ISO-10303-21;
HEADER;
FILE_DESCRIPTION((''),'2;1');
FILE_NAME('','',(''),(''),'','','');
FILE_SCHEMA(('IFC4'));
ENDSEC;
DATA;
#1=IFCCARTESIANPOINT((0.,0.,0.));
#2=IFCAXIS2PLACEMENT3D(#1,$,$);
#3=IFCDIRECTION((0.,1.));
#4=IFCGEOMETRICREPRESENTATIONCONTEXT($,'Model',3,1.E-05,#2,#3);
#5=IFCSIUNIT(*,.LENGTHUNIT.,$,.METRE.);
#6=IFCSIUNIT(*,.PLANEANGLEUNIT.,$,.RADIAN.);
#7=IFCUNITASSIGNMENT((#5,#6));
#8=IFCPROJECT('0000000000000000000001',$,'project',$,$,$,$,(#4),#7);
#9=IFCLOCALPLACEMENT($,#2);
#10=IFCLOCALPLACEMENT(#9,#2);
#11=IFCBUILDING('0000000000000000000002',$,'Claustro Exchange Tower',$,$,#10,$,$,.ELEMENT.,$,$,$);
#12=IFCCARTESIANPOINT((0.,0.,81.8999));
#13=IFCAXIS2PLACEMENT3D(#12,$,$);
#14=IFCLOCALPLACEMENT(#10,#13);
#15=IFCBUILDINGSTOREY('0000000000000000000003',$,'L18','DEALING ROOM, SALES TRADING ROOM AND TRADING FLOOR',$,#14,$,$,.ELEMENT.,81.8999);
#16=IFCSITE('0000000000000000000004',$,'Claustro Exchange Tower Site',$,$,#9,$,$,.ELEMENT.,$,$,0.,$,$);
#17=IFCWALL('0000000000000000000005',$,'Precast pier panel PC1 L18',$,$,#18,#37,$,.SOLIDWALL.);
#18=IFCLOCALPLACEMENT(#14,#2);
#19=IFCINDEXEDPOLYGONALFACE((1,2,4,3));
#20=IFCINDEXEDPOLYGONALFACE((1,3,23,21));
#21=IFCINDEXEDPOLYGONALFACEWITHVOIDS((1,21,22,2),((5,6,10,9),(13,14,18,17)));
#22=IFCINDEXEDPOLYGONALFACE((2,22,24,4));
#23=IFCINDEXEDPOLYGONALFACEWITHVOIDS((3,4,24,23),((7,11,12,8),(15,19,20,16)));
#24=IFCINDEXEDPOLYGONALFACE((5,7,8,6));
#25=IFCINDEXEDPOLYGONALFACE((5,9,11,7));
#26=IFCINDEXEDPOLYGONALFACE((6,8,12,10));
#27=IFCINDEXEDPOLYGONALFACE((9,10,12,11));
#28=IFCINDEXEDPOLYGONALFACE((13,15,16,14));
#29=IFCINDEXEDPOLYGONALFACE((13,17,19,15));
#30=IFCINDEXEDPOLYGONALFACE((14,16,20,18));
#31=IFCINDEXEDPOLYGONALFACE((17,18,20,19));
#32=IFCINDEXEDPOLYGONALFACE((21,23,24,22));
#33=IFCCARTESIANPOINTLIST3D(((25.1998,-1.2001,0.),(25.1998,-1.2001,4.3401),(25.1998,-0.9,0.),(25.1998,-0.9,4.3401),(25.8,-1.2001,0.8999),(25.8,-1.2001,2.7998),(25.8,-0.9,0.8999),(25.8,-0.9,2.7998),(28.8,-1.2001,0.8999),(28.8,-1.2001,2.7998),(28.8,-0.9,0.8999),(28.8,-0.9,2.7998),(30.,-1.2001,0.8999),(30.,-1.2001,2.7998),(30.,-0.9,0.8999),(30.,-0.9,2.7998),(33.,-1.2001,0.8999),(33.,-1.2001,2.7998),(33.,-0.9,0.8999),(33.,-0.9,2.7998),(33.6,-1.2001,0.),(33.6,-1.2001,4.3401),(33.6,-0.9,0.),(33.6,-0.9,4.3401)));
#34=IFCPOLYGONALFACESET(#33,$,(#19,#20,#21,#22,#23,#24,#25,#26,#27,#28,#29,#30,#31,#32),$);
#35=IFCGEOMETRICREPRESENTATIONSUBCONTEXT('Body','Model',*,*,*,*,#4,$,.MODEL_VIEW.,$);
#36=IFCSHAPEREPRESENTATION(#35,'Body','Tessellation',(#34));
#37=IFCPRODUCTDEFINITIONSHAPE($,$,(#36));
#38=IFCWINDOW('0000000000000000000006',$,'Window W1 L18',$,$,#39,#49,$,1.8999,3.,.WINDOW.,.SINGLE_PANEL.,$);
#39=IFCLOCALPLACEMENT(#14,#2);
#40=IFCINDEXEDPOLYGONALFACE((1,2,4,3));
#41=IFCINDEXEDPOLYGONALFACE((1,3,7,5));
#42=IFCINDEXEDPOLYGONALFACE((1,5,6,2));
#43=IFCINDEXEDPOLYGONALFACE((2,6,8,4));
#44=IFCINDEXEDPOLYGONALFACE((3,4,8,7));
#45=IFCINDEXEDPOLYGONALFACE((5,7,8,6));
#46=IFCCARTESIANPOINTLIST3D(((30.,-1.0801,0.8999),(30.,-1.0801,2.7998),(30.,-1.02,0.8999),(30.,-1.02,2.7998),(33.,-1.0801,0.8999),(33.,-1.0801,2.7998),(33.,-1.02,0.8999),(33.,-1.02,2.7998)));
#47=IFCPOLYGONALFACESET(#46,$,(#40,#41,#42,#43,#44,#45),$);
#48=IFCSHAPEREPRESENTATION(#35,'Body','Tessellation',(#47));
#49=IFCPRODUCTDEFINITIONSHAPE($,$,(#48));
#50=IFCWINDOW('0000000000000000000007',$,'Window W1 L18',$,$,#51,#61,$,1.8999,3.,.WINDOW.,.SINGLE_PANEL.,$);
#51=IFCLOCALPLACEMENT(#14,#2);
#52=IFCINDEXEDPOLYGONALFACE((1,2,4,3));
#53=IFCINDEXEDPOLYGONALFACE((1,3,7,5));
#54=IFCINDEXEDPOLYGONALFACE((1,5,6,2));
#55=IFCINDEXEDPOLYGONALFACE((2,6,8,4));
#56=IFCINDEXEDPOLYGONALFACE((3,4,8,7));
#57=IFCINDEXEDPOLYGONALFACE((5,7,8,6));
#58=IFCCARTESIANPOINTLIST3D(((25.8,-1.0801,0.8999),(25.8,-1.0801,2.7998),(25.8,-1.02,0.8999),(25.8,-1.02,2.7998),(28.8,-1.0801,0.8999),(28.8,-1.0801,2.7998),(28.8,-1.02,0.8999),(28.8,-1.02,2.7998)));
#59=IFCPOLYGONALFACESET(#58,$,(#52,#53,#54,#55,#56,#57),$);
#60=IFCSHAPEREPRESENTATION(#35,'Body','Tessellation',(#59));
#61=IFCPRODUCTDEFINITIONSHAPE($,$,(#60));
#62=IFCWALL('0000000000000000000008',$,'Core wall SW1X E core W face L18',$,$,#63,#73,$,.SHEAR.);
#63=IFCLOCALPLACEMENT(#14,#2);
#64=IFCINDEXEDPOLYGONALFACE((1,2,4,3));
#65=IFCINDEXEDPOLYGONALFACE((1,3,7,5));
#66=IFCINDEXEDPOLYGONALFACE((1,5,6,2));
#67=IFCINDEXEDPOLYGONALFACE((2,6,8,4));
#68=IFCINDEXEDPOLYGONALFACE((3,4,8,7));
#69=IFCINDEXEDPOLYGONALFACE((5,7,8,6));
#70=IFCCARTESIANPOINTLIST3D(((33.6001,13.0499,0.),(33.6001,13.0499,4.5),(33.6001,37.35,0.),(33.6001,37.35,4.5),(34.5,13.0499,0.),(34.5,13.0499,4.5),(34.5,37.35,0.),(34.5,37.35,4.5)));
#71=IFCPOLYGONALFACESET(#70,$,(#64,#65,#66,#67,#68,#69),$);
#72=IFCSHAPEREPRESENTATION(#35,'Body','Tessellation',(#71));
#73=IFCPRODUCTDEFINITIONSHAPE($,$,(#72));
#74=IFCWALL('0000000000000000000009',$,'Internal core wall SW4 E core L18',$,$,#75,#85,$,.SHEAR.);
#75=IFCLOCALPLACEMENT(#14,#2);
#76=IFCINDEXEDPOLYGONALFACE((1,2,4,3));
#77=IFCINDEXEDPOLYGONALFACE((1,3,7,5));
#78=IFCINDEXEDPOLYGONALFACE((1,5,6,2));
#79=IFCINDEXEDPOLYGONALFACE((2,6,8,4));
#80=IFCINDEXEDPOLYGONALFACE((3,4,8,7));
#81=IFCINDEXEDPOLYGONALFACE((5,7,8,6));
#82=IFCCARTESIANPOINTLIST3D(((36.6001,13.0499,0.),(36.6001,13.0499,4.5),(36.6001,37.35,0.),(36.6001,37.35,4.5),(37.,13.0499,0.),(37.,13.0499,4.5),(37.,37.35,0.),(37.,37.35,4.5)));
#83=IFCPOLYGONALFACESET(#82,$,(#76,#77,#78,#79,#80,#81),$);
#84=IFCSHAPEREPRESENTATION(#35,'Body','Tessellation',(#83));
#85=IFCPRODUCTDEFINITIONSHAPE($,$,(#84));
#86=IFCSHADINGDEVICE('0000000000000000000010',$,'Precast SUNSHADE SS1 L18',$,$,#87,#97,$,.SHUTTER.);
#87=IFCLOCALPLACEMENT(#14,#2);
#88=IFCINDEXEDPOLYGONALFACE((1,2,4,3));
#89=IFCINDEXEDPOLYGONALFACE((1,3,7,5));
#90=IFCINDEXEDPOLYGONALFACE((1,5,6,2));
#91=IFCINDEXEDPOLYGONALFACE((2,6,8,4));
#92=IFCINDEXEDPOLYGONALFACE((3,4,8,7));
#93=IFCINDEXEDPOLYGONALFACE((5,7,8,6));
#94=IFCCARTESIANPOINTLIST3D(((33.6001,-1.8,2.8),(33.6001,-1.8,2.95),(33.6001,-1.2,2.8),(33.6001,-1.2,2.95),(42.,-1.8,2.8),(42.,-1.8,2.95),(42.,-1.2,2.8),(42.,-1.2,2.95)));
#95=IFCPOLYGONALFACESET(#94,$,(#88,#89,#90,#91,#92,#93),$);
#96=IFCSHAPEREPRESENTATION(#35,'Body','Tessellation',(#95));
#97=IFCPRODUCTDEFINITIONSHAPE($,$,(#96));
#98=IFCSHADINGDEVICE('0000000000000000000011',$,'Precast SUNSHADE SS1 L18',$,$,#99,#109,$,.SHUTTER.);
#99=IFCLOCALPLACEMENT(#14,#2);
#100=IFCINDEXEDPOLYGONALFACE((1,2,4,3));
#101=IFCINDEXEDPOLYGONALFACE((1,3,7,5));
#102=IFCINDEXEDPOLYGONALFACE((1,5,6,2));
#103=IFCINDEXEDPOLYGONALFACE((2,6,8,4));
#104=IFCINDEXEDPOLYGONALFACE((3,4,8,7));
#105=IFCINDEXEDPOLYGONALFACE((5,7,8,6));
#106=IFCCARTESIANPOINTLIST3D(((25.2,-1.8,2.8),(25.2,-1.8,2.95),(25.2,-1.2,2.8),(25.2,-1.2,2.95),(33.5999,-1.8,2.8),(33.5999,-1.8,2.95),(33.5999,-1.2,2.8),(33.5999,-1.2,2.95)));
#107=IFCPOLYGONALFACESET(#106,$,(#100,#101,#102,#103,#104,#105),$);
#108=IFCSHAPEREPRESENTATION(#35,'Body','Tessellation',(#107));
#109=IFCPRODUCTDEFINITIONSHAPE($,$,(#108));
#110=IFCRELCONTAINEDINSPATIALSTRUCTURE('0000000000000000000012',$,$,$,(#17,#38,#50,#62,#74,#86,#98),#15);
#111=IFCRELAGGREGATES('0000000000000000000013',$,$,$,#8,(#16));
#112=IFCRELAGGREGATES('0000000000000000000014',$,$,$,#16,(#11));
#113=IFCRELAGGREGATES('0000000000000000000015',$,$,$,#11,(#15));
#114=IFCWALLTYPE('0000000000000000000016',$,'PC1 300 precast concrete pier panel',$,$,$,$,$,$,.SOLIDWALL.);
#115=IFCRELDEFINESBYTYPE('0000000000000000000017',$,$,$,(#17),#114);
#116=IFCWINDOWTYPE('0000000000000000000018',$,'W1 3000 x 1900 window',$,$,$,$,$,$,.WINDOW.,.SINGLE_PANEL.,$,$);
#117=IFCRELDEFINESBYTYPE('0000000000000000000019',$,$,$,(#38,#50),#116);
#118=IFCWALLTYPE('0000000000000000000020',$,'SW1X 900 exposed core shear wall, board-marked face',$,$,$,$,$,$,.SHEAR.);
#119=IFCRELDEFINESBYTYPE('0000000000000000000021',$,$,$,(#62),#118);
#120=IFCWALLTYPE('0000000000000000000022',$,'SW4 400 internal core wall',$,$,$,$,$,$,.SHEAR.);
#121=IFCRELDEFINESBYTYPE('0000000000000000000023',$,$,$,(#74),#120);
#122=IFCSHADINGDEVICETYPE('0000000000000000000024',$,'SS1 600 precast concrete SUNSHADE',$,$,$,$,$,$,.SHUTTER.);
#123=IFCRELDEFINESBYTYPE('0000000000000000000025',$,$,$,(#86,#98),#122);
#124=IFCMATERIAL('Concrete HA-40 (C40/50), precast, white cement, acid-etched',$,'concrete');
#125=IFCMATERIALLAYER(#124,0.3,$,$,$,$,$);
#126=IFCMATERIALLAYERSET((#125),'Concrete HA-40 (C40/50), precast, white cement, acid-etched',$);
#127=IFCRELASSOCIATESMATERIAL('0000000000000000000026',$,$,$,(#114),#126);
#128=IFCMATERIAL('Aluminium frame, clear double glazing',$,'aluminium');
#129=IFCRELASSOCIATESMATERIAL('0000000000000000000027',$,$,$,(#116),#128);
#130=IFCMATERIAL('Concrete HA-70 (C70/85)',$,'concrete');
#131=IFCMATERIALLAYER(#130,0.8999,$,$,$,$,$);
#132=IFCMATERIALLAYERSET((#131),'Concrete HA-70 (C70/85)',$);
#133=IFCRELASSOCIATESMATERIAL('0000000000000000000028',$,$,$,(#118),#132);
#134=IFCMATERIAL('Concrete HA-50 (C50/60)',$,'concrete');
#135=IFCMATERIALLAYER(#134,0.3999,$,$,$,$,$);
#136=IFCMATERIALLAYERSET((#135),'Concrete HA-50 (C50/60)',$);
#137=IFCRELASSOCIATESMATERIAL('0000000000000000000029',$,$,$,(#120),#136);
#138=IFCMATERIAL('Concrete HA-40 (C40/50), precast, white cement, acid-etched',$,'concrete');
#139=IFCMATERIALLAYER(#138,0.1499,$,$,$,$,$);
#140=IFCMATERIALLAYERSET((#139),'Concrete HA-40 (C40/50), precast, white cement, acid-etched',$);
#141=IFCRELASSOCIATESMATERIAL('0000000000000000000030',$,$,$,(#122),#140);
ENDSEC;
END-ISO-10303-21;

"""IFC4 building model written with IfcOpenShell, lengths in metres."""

from ifc_helpers import new_model, si_unit, direction, frame, frame_2d, origin, origin_2d, place, context, subcontext, project, spatial, rectangle, extrude, material, layer, layer_set, type_object, element, fill, save


model = new_model("IFC4")

# Units and contexts
model_context = context("Model", 3, precision=1e-05, world=origin(), true_north=direction((0.0, 1.0)))
body_context = subcontext(model_context, "Body", "Model", "MODEL_VIEW")
ifc_project = project(units=[si_unit("LENGTHUNIT", "METRE"), si_unit("PLANEANGLEUNIT", "RADIAN")], contexts=[model_context])

# Site, building, storey
site_placement = place(None, origin())
site = spatial("IfcSite", under=ifc_project, at=site_placement, Name="Claustro Exchange Tower Site", CompositionType="ELEMENT", RefElevation=0.0)
building_placement = place(site_placement, origin())
building = spatial("IfcBuilding", under=site, at=building_placement, Name="Claustro Exchange Tower", CompositionType="ELEMENT")
storey_placement = place(building_placement, frame((0.0, 0.0, 81.8999)))
storey = spatial("IfcBuildingStorey", under=building, at=storey_placement, Name="L18", Description="DEALING ROOM, SALES TRADING ROOM AND TRADING FLOOR", CompositionType="ELEMENT", Elevation=81.8999)

# Wall, openings, windows
ifc_material_1 = material(Name="Concrete HA-40 (C40/50), precast, white cement, acid-etched", Category="concrete")
ifc_layer_1 = layer(ifc_material_1, 0.3)
ifc_layer_set_1 = layer_set([ifc_layer_1], Name="Concrete HA-40 (C40/50), precast, white cement, acid-etched")
wall_type_1 = type_object("IfcWallType", Name="PC1 300 precast concrete pier panel", PredefinedType="SOLIDWALL", material=ifc_layer_set_1)
wall_1_placement = place(storey_placement, frame((33.6001, -1.05, 0.0), z_axis=(0.0, 0.0, 1.0), x_axis=(-1.0, 0.0, 0.0)))
wall_1 = element("IfcWall", 1, at=wall_1_placement, inside=storey, type_object=wall_type_1, Name="Precast pier panel PC1 L18", PredefinedType="SOLIDWALL", context=body_context, shape_type="SweptSolid", body=[
    extrude(rectangle(XDim=8.4001, YDim=0.3, at=frame_2d((4.2002, 0.0))), origin(), (0.0, 0.0, 1.0), 4.3401),
])
opening_1_placement = place(wall_1_placement, frame((0.6001, 0.0, 0.8999)))
opening_1 = element("IfcOpeningElement", 2, at=opening_1_placement, cuts=wall_1, PredefinedType="OPENING", context=body_context, shape_type="SweptSolid", body=[
    extrude(rectangle(XDim=3.0, YDim=1.8999, at=frame_2d((1.5, 0.95))), frame((0.0, 0.1599, 0.0), z_axis=(0.0, -1.0, 0.0), x_axis=(1.0, 0.0, 0.0)), (0.0, 0.0, 1.0), 0.3201),
])
opening_2_placement = place(wall_1_placement, frame((4.8, 0.0, 0.8999)))
opening_2 = element("IfcOpeningElement", 3, at=opening_2_placement, cuts=wall_1, PredefinedType="OPENING", context=body_context, shape_type="SweptSolid", body=[
    extrude(rectangle(XDim=3.0, YDim=1.8999, at=frame_2d((1.5, 0.95))), frame((0.0, 0.1599, 0.0), z_axis=(0.0, -1.0, 0.0), x_axis=(1.0, 0.0, 0.0)), (0.0, 0.0, 1.0), 0.3201),
])
ifc_material_2 = material(Name="Aluminium frame, clear double glazing", Category="aluminium")
window_type = type_object("IfcWindowType", Name="W1 3000 x 1900 window", PartitioningType="SINGLE_PANEL", PredefinedType="WINDOW", material=ifc_material_2)
window_1_placement = place(opening_1_placement, origin())
window_1 = element("IfcWindow", 4, at=window_1_placement, inside=storey, type_object=window_type, Name="Window W1 L18", OverallHeight=1.8999, OverallWidth=3.0, PartitioningType="SINGLE_PANEL", PredefinedType="WINDOW", context=body_context, shape_type="SweptSolid", body=[
    extrude(rectangle(XDim=3.0, YDim=1.8999, at=frame_2d((1.5, 0.95))), frame((0.0, 0.03, 0.0), z_axis=(0.0, -1.0, 0.0), x_axis=(1.0, 0.0, 0.0)), (0.0, 0.0, 1.0), 0.0601),
])
fill(opening_1, window_1)
window_2_placement = place(opening_2_placement, origin())
window_2 = element("IfcWindow", 5, at=window_2_placement, inside=storey, type_object=window_type, Name="Window W1 L18", OverallHeight=1.8999, OverallWidth=3.0, PartitioningType="SINGLE_PANEL", PredefinedType="WINDOW", context=body_context, shape_type="SweptSolid", body=[
    extrude(rectangle(XDim=3.0, YDim=1.8999, at=frame_2d((1.5, 0.95))), frame((0.0, 0.03, 0.0), z_axis=(0.0, -1.0, 0.0), x_axis=(1.0, 0.0, 0.0)), (0.0, 0.0, 1.0), 0.0601),
])
fill(opening_2, window_2)

# Walls
ifc_material_3 = material(Name="Concrete HA-70 (C70/85)", Category="concrete")
ifc_layer_2 = layer(ifc_material_3, 0.8999)
ifc_layer_set_2 = layer_set([ifc_layer_2], Name="Concrete HA-70 (C70/85)")
wall_type_2 = type_object("IfcWallType", Name="SW1X 900 exposed core shear wall, board-marked face", PredefinedType="SHEAR", material=ifc_layer_set_2)
wall_2_placement = place(storey_placement, frame((34.05, 13.05, 0.0), z_axis=(0.0, 0.0, 1.0), x_axis=(0.0, 1.0, 0.0)))
element("IfcWall", 6, at=wall_2_placement, inside=storey, type_object=wall_type_2, Name="Core wall SW1X E core W face L18", PredefinedType="SHEAR", context=body_context, shape_type="SweptSolid", body=[
    extrude(rectangle(XDim=24.3, YDim=0.8999, at=frame_2d((12.1499, 0.0))), origin(), (0.0, 0.0, 1.0), 4.5),
])
ifc_material_4 = material(Name="Concrete HA-50 (C50/60)", Category="concrete")
ifc_layer_3 = layer(ifc_material_4, 0.3999)
ifc_layer_set_3 = layer_set([ifc_layer_3], Name="Concrete HA-50 (C50/60)")
wall_type_3 = type_object("IfcWallType", Name="SW4 400 internal core wall", PredefinedType="SHEAR", material=ifc_layer_set_3)
wall_3_placement = place(storey_placement, frame((36.8, 13.05, 0.0), z_axis=(0.0, 0.0, 1.0), x_axis=(0.0, 1.0, 0.0)))
element("IfcWall", 7, at=wall_3_placement, inside=storey, type_object=wall_type_3, Name="Internal core wall SW4 E core L18", PredefinedType="SHEAR", context=body_context, shape_type="SweptSolid", body=[
    extrude(rectangle(XDim=24.3, YDim=0.3999, at=frame_2d((12.1499, 0.0))), origin(), (0.0, 0.0, 1.0), 4.5),
])

# Shading devices
ifc_material_5 = material(Name="Concrete HA-40 (C40/50), precast, white cement, acid-etched", Category="concrete")
ifc_layer_4 = layer(ifc_material_5, 0.1499)
ifc_layer_set_4 = layer_set([ifc_layer_4], Name="Concrete HA-40 (C40/50), precast, white cement, acid-etched")
shading_device_type = type_object("IfcShadingDeviceType", Name="SS1 600 precast concrete SUNSHADE", PredefinedType="SHUTTER", material=ifc_layer_set_4)
for number, where, z_axis, x_axis, name in (
    (8, (37.8, -1.5, 2.8), (0.0, 0.0, 1.0), (-1.0, 0.0, 0.0), "Precast SUNSHADE SS1 L18"),
    (9, (29.3999, -1.5, 2.8), (0.0, 0.0, 1.0), (-1.0, 0.0, 0.0), "Precast SUNSHADE SS1 L18"),
):
    element("IfcShadingDevice", number, at=place(storey_placement, frame(where, z_axis=z_axis, x_axis=x_axis)), inside=storey, type_object=shading_device_type, Name=name, PredefinedType="SHUTTER", context=body_context, shape_type="SweptSolid", body=[
        extrude(rectangle(XDim=8.3999, YDim=0.6001, at=origin_2d()), origin(), (0.0, 0.0, 1.0), 0.1499),
    ])

save(model, "model.ifc")
